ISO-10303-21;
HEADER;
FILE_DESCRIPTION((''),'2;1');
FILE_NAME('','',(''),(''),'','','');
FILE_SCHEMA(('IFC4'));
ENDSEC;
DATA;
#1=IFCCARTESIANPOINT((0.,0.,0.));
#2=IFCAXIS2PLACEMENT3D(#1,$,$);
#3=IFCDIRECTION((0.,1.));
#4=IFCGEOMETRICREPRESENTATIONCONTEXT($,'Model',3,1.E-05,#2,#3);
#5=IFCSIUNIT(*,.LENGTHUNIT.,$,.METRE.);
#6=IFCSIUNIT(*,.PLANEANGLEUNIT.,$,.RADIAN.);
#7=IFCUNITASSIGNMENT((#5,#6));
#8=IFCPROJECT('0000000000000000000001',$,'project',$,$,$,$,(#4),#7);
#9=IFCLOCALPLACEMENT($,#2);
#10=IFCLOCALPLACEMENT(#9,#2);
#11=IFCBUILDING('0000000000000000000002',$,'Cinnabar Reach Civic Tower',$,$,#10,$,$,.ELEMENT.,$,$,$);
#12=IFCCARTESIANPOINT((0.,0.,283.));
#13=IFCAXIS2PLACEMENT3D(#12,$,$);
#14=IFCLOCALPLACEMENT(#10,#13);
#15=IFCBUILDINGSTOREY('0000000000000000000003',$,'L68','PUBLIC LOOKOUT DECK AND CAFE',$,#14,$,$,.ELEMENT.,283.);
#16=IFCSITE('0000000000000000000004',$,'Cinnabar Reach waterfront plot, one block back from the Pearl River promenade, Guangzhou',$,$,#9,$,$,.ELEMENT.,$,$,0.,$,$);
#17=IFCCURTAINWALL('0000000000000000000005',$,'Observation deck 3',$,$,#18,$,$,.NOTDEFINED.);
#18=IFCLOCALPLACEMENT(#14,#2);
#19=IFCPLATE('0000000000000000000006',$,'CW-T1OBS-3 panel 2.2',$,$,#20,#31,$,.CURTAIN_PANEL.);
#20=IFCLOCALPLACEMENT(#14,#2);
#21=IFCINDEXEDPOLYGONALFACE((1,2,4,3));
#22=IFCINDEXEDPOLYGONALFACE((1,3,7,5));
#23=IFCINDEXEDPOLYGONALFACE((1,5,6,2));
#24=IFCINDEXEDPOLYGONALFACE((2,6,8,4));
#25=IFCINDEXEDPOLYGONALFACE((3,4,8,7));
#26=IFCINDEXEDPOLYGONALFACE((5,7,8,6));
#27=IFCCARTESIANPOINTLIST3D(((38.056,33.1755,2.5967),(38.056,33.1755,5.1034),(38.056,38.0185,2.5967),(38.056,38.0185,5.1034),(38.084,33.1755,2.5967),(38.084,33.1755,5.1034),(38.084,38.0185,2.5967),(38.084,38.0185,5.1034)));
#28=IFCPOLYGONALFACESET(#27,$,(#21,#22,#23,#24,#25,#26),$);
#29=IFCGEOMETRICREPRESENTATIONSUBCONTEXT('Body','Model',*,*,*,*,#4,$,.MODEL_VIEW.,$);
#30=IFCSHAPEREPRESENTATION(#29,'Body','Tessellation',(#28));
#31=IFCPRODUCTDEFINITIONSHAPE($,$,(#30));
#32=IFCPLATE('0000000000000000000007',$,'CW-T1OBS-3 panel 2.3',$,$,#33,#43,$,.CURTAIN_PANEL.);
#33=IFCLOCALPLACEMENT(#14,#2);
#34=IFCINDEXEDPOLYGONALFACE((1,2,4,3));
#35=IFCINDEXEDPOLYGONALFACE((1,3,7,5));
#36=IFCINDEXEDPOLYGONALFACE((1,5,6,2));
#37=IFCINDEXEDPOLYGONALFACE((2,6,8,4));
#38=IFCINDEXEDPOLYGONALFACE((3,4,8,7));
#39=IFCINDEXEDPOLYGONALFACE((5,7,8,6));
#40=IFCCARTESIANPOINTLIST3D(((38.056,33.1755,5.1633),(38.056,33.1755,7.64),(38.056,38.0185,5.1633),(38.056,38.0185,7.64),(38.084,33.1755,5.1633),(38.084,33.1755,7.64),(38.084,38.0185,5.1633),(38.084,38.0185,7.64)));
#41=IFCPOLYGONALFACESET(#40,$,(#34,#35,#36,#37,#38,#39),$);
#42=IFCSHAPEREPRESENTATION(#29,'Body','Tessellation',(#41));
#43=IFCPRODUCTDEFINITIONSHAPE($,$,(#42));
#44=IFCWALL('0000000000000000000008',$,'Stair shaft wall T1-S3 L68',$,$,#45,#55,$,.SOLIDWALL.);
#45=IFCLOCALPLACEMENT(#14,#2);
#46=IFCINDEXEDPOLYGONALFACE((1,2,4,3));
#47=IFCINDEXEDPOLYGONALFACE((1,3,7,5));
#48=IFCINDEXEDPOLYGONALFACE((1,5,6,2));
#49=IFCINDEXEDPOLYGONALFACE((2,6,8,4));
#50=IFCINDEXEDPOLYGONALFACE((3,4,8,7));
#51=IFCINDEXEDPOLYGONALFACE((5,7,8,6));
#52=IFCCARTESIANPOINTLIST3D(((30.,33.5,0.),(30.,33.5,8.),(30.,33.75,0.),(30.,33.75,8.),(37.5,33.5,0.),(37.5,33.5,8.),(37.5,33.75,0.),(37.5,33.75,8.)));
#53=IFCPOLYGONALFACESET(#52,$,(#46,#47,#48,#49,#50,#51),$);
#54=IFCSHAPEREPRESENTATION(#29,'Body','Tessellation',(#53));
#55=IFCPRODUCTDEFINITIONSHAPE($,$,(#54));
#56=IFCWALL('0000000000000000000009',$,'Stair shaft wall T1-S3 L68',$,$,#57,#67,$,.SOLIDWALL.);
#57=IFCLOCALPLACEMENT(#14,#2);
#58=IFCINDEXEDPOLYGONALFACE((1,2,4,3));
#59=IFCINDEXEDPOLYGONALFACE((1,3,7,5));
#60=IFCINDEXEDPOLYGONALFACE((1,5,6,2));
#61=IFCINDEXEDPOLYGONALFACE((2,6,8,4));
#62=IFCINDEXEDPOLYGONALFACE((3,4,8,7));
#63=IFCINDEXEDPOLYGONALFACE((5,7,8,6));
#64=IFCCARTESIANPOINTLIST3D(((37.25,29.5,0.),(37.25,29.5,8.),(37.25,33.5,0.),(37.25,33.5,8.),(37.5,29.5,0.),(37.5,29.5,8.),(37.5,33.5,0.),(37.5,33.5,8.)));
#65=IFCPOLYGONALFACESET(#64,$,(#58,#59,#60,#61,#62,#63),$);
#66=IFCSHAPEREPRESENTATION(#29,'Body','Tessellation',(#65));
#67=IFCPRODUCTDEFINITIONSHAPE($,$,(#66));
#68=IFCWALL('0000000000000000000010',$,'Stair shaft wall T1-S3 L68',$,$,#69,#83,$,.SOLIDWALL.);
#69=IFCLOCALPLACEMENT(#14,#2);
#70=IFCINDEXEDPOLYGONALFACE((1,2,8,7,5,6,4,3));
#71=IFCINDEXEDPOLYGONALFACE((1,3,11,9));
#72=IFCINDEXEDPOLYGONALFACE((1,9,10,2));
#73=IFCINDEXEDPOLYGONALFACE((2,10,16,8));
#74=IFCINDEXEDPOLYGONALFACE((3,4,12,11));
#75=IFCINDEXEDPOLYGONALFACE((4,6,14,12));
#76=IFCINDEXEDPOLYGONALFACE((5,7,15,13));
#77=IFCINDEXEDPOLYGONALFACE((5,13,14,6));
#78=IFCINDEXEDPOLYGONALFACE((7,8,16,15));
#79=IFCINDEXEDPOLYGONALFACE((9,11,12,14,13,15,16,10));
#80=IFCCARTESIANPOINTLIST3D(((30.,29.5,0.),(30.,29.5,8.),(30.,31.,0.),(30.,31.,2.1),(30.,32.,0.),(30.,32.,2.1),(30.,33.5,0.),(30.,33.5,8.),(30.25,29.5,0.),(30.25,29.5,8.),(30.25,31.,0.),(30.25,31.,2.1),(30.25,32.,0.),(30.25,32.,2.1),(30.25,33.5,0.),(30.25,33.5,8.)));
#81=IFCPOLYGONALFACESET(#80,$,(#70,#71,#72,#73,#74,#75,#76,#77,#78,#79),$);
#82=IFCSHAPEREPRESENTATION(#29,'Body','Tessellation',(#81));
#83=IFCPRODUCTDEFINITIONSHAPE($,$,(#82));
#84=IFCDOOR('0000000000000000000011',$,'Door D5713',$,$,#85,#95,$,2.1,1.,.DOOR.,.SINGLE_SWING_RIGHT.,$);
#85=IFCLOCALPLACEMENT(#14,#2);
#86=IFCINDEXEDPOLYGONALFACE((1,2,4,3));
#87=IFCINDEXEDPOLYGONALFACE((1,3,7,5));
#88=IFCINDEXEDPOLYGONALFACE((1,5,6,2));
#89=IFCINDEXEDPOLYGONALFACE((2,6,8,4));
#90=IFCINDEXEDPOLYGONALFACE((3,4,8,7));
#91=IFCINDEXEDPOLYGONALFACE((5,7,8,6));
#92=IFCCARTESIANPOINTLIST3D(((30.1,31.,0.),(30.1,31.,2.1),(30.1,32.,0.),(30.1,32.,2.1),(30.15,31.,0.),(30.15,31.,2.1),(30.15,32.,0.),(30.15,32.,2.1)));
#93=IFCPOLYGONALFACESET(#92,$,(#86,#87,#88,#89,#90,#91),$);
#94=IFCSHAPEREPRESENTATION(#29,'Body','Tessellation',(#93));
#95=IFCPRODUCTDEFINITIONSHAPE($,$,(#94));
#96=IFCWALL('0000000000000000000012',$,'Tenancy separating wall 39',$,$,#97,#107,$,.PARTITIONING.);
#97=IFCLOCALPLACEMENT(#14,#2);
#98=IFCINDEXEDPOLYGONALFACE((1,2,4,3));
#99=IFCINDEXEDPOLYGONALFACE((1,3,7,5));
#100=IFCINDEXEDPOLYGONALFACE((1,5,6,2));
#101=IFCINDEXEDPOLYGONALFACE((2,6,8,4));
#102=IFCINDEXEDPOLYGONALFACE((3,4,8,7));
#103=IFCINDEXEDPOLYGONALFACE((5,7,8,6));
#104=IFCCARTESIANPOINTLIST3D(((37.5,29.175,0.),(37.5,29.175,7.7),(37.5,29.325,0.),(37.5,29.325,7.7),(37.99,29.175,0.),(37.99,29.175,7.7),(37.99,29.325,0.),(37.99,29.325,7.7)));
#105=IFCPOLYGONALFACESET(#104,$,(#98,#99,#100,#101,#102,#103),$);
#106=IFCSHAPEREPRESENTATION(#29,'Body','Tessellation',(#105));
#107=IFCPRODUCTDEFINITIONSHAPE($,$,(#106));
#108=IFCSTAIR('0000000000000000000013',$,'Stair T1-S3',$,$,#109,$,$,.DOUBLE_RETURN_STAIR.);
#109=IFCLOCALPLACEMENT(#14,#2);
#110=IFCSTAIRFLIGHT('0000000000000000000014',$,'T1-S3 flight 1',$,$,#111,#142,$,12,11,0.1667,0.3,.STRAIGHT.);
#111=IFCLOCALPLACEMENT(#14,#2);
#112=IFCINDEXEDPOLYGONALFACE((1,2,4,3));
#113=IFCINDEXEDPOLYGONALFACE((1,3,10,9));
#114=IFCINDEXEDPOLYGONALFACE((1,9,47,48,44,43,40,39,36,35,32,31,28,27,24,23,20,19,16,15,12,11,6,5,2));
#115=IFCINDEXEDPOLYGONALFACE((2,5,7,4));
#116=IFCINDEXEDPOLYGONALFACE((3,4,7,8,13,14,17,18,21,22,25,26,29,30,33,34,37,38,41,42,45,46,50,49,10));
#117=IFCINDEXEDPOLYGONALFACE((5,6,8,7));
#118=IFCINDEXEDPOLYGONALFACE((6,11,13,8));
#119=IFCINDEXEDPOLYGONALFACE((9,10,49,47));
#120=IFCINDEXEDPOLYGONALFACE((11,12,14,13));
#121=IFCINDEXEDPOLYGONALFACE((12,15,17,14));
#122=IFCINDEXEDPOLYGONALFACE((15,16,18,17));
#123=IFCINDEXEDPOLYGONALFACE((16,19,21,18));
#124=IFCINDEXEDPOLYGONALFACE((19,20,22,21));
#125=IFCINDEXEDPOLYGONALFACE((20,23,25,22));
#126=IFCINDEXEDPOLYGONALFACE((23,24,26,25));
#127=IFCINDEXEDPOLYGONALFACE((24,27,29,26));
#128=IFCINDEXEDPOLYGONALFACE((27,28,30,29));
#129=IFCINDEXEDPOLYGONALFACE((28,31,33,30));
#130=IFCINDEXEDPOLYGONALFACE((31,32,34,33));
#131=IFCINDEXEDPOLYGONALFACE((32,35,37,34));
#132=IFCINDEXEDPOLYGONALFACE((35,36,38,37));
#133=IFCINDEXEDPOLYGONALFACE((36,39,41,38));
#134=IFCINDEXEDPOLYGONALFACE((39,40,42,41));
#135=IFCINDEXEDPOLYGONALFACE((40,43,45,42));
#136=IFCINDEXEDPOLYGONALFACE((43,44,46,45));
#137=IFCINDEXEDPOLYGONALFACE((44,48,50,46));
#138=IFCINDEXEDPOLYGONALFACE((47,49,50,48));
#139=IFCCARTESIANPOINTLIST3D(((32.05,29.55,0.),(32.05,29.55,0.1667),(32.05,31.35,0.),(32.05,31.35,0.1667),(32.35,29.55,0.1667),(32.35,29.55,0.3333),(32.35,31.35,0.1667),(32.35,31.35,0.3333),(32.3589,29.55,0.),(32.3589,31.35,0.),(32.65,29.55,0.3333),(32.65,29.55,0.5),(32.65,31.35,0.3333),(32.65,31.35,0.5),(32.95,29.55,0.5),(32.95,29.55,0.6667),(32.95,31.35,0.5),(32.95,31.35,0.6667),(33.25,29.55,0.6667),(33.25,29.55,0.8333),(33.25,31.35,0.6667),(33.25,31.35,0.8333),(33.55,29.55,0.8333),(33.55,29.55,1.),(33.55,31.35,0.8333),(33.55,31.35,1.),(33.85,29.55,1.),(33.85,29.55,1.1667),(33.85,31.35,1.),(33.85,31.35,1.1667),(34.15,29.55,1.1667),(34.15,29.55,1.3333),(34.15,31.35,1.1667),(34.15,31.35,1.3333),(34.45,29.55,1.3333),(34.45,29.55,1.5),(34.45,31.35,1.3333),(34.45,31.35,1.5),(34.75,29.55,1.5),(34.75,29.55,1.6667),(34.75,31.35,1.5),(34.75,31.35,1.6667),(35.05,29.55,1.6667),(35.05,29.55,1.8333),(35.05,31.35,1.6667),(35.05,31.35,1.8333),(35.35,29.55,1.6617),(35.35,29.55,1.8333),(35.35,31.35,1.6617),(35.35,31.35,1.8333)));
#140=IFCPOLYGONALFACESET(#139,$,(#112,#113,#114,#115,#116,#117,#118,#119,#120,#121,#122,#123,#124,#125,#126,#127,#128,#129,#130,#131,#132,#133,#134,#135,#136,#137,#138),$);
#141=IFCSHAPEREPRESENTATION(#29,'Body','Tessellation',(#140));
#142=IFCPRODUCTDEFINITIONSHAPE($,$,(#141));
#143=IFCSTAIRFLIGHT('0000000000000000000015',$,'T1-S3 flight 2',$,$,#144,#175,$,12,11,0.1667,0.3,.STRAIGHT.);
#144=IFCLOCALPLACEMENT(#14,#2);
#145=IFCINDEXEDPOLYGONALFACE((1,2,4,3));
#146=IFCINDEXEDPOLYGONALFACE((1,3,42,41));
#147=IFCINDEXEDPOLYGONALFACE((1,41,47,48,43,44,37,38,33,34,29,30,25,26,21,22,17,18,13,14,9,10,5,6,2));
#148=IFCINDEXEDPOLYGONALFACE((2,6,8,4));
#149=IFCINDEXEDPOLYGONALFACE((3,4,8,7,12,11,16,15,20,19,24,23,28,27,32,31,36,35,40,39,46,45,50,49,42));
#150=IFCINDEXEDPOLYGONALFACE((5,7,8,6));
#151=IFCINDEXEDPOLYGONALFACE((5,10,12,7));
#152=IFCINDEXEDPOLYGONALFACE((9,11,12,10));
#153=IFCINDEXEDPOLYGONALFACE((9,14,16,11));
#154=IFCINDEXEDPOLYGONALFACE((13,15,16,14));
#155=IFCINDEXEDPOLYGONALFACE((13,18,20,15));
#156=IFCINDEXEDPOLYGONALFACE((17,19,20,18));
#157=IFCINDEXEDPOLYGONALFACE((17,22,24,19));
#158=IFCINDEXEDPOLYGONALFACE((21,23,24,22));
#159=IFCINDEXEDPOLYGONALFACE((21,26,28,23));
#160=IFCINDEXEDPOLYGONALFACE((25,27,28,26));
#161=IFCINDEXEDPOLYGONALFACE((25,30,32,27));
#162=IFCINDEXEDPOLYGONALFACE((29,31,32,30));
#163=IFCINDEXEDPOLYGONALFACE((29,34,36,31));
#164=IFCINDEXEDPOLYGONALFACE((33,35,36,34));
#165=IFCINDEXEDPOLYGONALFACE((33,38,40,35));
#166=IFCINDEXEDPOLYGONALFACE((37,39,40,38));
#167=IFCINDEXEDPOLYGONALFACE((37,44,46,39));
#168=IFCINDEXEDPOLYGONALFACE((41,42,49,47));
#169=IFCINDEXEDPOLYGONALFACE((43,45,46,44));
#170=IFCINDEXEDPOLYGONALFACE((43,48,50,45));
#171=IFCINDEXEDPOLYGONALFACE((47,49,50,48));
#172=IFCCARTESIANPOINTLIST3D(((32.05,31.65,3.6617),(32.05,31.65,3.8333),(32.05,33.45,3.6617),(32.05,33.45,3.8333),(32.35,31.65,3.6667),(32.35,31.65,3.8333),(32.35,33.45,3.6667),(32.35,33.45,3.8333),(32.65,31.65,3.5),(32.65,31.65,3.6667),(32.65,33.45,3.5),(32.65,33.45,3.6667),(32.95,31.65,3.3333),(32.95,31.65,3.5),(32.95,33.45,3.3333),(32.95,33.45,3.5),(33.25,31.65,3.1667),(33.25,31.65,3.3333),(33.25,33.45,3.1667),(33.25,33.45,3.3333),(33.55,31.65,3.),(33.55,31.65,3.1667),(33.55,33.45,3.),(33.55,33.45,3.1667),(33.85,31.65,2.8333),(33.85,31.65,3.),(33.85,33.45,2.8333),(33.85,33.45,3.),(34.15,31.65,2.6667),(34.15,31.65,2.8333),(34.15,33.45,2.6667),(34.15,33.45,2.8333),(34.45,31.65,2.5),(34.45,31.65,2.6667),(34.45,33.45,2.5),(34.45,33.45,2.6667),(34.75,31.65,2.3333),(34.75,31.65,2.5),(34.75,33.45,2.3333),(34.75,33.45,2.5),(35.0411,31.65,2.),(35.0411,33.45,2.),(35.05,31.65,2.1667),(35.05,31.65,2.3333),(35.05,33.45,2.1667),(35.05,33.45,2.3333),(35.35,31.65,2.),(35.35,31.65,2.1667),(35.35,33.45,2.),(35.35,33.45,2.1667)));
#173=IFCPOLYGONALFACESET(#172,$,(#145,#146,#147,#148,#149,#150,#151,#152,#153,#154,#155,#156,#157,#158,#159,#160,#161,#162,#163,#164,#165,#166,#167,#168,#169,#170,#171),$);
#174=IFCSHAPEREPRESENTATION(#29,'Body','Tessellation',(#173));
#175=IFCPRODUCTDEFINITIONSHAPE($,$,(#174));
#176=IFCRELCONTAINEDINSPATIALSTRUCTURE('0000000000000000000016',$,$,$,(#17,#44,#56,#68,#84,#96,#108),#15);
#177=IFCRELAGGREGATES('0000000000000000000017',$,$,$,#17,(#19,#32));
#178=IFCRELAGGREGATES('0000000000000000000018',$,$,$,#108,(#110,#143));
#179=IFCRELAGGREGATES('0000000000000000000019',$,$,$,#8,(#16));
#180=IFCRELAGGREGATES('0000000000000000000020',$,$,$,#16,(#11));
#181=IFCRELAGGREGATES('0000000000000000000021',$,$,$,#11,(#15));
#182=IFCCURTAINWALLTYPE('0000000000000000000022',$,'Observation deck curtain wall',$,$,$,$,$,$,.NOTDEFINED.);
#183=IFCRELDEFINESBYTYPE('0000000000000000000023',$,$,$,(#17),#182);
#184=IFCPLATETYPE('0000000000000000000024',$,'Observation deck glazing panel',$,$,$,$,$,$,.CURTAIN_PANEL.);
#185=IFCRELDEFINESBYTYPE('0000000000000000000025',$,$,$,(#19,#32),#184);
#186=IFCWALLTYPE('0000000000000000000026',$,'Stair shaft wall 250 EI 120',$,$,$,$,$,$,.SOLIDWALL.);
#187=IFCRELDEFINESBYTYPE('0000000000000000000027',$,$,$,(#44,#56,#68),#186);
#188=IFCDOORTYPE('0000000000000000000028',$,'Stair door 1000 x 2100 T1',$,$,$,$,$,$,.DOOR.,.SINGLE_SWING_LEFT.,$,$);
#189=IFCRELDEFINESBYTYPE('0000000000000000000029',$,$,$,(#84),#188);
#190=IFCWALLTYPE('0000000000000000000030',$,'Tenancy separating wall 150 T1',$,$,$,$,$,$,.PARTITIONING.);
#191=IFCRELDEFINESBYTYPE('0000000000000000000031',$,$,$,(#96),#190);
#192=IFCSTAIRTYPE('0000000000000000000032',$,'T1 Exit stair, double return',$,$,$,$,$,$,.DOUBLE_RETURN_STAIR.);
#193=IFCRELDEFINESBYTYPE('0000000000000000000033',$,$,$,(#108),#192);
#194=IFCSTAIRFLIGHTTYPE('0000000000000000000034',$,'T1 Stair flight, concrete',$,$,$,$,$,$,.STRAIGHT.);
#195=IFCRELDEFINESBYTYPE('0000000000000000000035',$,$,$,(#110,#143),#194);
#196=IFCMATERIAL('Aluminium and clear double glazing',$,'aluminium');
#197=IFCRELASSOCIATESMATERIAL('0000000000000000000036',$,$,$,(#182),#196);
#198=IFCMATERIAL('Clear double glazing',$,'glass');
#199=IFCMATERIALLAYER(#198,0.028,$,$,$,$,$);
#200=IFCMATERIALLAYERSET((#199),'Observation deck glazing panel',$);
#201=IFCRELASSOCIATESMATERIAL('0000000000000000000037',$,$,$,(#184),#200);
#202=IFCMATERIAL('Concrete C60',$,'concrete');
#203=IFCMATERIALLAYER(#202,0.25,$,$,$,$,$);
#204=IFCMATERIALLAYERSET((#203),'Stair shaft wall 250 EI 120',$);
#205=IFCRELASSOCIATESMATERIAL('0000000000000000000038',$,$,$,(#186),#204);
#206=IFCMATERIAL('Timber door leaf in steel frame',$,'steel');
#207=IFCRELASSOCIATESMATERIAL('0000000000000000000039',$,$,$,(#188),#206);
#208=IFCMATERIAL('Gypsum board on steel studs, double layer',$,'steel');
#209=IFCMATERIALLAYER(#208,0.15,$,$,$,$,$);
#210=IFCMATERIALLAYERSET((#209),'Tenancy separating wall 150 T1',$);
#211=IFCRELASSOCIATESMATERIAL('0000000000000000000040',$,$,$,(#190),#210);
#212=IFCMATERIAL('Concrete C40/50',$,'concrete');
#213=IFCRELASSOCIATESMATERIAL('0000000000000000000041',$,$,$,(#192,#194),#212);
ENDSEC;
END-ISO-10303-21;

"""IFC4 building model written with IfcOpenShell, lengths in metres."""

from ifc_helpers import new_model, si_unit, direction, frame, frame_2d, origin, origin_2d, place, context, subcontext, project, spatial, polyline, rectangle, outline, extrude, material, layer, layer_set, type_object, element, fill, aggregate, save


model = new_model("IFC4")

# Units and contexts
model_context = context("Model", 3, precision=1e-05, world=origin(), true_north=direction((0.0, 1.0)))
body_context = subcontext(model_context, "Body", "Model", "MODEL_VIEW")
ifc_project = project(units=[si_unit("LENGTHUNIT", "METRE"), si_unit("PLANEANGLEUNIT", "RADIAN")], contexts=[model_context])

# Site, building, storey
site_placement = place(None, origin())
site = spatial("IfcSite", under=ifc_project, at=site_placement, Name="Cinnabar Reach waterfront plot, one block back from the Pearl River promenade, Guangzhou", CompositionType="ELEMENT", RefElevation=0.0)
building_placement = place(site_placement, origin())
building = spatial("IfcBuilding", under=site, at=building_placement, Name="Cinnabar Reach Civic Tower", CompositionType="ELEMENT")
storey_placement = place(building_placement, frame((0.0, 0.0, 283.0)))
storey = spatial("IfcBuildingStorey", under=building, at=storey_placement, Name="L68", Description="PUBLIC LOOKOUT DECK AND CAFE", CompositionType="ELEMENT", Elevation=283.0)

# Shared definitions
ifc_material_1 = material(Name="Concrete C60", Category="concrete")

# Curtain wall, plates
ifc_material_2 = material(Name="Aluminium and clear double glazing", Category="aluminium")
curtain_wall_type = type_object("IfcCurtainWallType", Name="Observation deck curtain wall", PredefinedType="NOTDEFINED", material=ifc_material_2)
curtain_wall_placement = place(storey_placement, origin())
curtain_wall = element("IfcCurtainWall", 1, at=curtain_wall_placement, inside=storey, type_object=curtain_wall_type, Name="Observation deck 3", PredefinedType="NOTDEFINED")
ifc_material_3 = material(Name="Clear double glazing", Category="glass")
ifc_layer_1 = layer(ifc_material_3, 0.028)
ifc_layer_set_1 = layer_set([ifc_layer_1], Name="Observation deck glazing panel")
plate_type = type_object("IfcPlateType", Name="Observation deck glazing panel", PredefinedType="CURTAIN_PANEL", material=ifc_layer_set_1)
plate_1_placement = place(storey_placement, frame((38.07, 35.597, 2.5967), z_axis=(0.0, 0.0, 1.0), x_axis=(0.0, 1.0, 0.0)))
plate_1 = element("IfcPlate", 2, at=plate_1_placement, type_object=plate_type, Name="CW-T1OBS-3 panel 2.2", PredefinedType="CURTAIN_PANEL", context=body_context, shape_type="SweptSolid", body=[
    extrude(rectangle(XDim=4.843, YDim=0.028, at=origin_2d()), origin(), (0.0, 0.0, 1.0), 2.5067),
])
plate_2_placement = place(storey_placement, frame((38.07, 35.597, 5.1633), z_axis=(0.0, 0.0, 1.0), x_axis=(0.0, 1.0, 0.0)))
plate_2 = element("IfcPlate", 3, at=plate_2_placement, type_object=plate_type, Name="CW-T1OBS-3 panel 2.3", PredefinedType="CURTAIN_PANEL", context=body_context, shape_type="SweptSolid", body=[
    extrude(rectangle(XDim=4.843, YDim=0.028, at=origin_2d()), origin(), (0.0, 0.0, 1.0), 2.4767),
])
aggregate(curtain_wall, [plate_1, plate_2])

# Walls
ifc_layer_2 = layer(ifc_material_1, 0.25)
ifc_layer_set_2 = layer_set([ifc_layer_2], Name="Stair shaft wall 250 EI 120")
wall_type_1 = type_object("IfcWallType", Name="Stair shaft wall 250 EI 120", PredefinedType="SOLIDWALL", material=ifc_layer_set_2)
wall_1_placement = place(storey_placement, frame((37.5, 33.625, 0.0), z_axis=(0.0, 0.0, 1.0), x_axis=(-1.0, 0.0, 0.0)))
element("IfcWall", 4, at=wall_1_placement, inside=storey, type_object=wall_type_1, Name="Stair shaft wall T1-S3 L68", PredefinedType="SOLIDWALL", context=body_context, shape_type="SweptSolid", body=[
    extrude(rectangle(XDim=7.5, YDim=0.25, at=frame_2d((3.75, 0.0))), origin(), (0.0, 0.0, 1.0), 8.0),
])
wall_2_placement = place(storey_placement, frame((37.375, 29.5, 0.0), z_axis=(0.0, 0.0, 1.0), x_axis=(0.0, 1.0, 0.0)))
element("IfcWall", 5, at=wall_2_placement, inside=storey, type_object=wall_type_1, Name="Stair shaft wall T1-S3 L68", PredefinedType="SOLIDWALL", context=body_context, shape_type="SweptSolid", body=[
    extrude(rectangle(XDim=4.0, YDim=0.25, at=frame_2d((2.0, 0.0))), origin(), (0.0, 0.0, 1.0), 8.0),
])

# Wall, opening, door
wall_3_placement = place(storey_placement, frame((30.125, 33.5, 0.0), z_axis=(0.0, 0.0, 1.0), x_axis=(0.0, -1.0, 0.0)))
wall_3 = element("IfcWall", 6, at=wall_3_placement, inside=storey, type_object=wall_type_1, Name="Stair shaft wall T1-S3 L68", PredefinedType="SOLIDWALL", context=body_context, shape_type="SweptSolid", body=[
    extrude(rectangle(XDim=4.0, YDim=0.25, at=frame_2d((2.0, 0.0))), origin(), (0.0, 0.0, 1.0), 8.0),
])
opening_placement = place(wall_3_placement, frame((1.5, 0.0, 0.0)))
opening = element("IfcOpeningElement", 7, at=opening_placement, cuts=wall_3, PredefinedType="OPENING", context=body_context, shape_type="SweptSolid", body=[
    extrude(rectangle(XDim=1.0, YDim=2.1, at=frame_2d((0.5, 1.05))), frame((0.0, 0.135, 0.0), z_axis=(0.0, -1.0, 0.0), x_axis=(1.0, 0.0, 0.0)), (0.0, 0.0, 1.0), 0.27),
])
ifc_material_4 = material(Name="Timber door leaf in steel frame", Category="steel")
door_type = type_object("IfcDoorType", Name="Stair door 1000 x 2100 T1", OperationType="SINGLE_SWING_LEFT", PredefinedType="DOOR", material=ifc_material_4)
door_placement = place(opening_placement, origin())
door = element("IfcDoor", 8, at=door_placement, inside=storey, type_object=door_type, Name="Door D5713", OperationType="SINGLE_SWING_RIGHT", OverallHeight=2.1, OverallWidth=1.0, PredefinedType="DOOR", context=body_context, shape_type="SweptSolid", body=[
    extrude(rectangle(XDim=1.0, YDim=2.1, at=frame_2d((0.5, 1.05))), frame((0.0, 0.025, 0.0), z_axis=(0.0, -1.0, 0.0), x_axis=(1.0, 0.0, 0.0)), (0.0, 0.0, 1.0), 0.05),
])
fill(opening, door)

# Wall
ifc_material_5 = material(Name="Gypsum board on steel studs, double layer", Category="steel")
ifc_layer_3 = layer(ifc_material_5, 0.15)
ifc_layer_set_3 = layer_set([ifc_layer_3], Name="Tenancy separating wall 150 T1")
wall_type_2 = type_object("IfcWallType", Name="Tenancy separating wall 150 T1", PredefinedType="PARTITIONING", material=ifc_layer_set_3)
wall_4_placement = place(storey_placement, frame((37.5, 29.25, 0.0), z_axis=(0.0, 0.0, 1.0), x_axis=(1.0, 0.0, 0.0)))
element("IfcWall", 9, at=wall_4_placement, inside=storey, type_object=wall_type_2, Name="Tenancy separating wall 39", PredefinedType="PARTITIONING", context=body_context, shape_type="SweptSolid", body=[
    extrude(rectangle(XDim=0.49, YDim=0.15, at=frame_2d((0.245, 0.0))), origin(), (0.0, 0.0, 1.0), 7.7),
])

# Stair, stair flights
ifc_material_6 = material(Name="Concrete C40/50", Category="concrete")
stair_type = type_object("IfcStairType", Name="T1 Exit stair, double return", PredefinedType="DOUBLE_RETURN_STAIR", material=ifc_material_6)
stair_placement = place(storey_placement, origin())
stair = element("IfcStair", 10, at=stair_placement, inside=storey, type_object=stair_type, Name="Stair T1-S3", PredefinedType="DOUBLE_RETURN_STAIR")
stair_flight_type = type_object("IfcStairFlightType", Name="T1 Stair flight, concrete", PredefinedType="STRAIGHT", material=ifc_material_6)
stair_flight_1_placement = place(storey_placement, frame((32.05, 30.45, 0.0), z_axis=(0.0, 0.0, 1.0), x_axis=(1.0, 0.0, 0.0)))
stair_flight_1 = element("IfcStairFlight", 11, at=stair_flight_1_placement, type_object=stair_flight_type, Name="T1-S3 flight 1", NumberOfRisers=12, NumberOfTreads=11, PredefinedType="STRAIGHT", RiserHeight=0.1667, TreadLength=0.3, context=body_context, shape_type="SweptSolid", body=[
    extrude(outline(polyline([(0.0, 0.0), (0.0, 0.1667), (0.3, 0.1667), (0.3, 0.3333), (0.6, 0.3333), (0.6, 0.5), (0.9, 0.5), (0.9, 0.6667), (1.2, 0.6667), (1.2, 0.8333), (1.5, 0.8333), (1.5, 1.0), (1.8, 1.0), (1.8, 1.1667), (2.1, 1.1667), (2.1, 1.3333), (2.4, 1.3333), (2.4, 1.5), (2.7, 1.5), (2.7, 1.6667), (3.0, 1.6667), (3.0, 1.8333), (3.3, 1.8333), (3.3, 2.0), (3.3, 1.6617), (0.3089, 0.0), (0.0, 0.0)])), frame((0.0, 0.9, 0.0), z_axis=(0.0, -1.0, 0.0), x_axis=(1.0, 0.0, 0.0)), (0.0, 0.0, 1.0), 1.8),
])
stair_flight_2_placement = place(storey_placement, frame((35.35, 32.55, 2.0), z_axis=(0.0, 0.0, 1.0), x_axis=(-1.0, 0.0, 0.0)))
stair_flight_2 = element("IfcStairFlight", 12, at=stair_flight_2_placement, type_object=stair_flight_type, Name="T1-S3 flight 2", NumberOfRisers=12, NumberOfTreads=11, PredefinedType="STRAIGHT", RiserHeight=0.1667, TreadLength=0.3, context=body_context, shape_type="SweptSolid", body=[
    extrude(outline(polyline([(0.0, 0.0), (0.0, 0.1667), (0.3, 0.1667), (0.3, 0.3333), (0.6, 0.3333), (0.6, 0.5), (0.9, 0.5), (0.9, 0.6667), (1.2, 0.6667), (1.2, 0.8333), (1.5, 0.8333), (1.5, 1.0), (1.8, 1.0), (1.8, 1.1667), (2.1, 1.1667), (2.1, 1.3333), (2.4, 1.3333), (2.4, 1.5), (2.7, 1.5), (2.7, 1.6667), (3.0, 1.6667), (3.0, 1.8333), (3.3, 1.8333), (3.3, 2.0), (3.3, 1.6617), (0.3089, 0.0), (0.0, 0.0)])), frame((0.0, 0.9, 0.0), z_axis=(0.0, -1.0, 0.0), x_axis=(1.0, 0.0, 0.0)), (0.0, 0.0, 1.0), 1.8),
])
aggregate(stair, [stair_flight_1, stair_flight_2])

save(model, "model.ifc")
